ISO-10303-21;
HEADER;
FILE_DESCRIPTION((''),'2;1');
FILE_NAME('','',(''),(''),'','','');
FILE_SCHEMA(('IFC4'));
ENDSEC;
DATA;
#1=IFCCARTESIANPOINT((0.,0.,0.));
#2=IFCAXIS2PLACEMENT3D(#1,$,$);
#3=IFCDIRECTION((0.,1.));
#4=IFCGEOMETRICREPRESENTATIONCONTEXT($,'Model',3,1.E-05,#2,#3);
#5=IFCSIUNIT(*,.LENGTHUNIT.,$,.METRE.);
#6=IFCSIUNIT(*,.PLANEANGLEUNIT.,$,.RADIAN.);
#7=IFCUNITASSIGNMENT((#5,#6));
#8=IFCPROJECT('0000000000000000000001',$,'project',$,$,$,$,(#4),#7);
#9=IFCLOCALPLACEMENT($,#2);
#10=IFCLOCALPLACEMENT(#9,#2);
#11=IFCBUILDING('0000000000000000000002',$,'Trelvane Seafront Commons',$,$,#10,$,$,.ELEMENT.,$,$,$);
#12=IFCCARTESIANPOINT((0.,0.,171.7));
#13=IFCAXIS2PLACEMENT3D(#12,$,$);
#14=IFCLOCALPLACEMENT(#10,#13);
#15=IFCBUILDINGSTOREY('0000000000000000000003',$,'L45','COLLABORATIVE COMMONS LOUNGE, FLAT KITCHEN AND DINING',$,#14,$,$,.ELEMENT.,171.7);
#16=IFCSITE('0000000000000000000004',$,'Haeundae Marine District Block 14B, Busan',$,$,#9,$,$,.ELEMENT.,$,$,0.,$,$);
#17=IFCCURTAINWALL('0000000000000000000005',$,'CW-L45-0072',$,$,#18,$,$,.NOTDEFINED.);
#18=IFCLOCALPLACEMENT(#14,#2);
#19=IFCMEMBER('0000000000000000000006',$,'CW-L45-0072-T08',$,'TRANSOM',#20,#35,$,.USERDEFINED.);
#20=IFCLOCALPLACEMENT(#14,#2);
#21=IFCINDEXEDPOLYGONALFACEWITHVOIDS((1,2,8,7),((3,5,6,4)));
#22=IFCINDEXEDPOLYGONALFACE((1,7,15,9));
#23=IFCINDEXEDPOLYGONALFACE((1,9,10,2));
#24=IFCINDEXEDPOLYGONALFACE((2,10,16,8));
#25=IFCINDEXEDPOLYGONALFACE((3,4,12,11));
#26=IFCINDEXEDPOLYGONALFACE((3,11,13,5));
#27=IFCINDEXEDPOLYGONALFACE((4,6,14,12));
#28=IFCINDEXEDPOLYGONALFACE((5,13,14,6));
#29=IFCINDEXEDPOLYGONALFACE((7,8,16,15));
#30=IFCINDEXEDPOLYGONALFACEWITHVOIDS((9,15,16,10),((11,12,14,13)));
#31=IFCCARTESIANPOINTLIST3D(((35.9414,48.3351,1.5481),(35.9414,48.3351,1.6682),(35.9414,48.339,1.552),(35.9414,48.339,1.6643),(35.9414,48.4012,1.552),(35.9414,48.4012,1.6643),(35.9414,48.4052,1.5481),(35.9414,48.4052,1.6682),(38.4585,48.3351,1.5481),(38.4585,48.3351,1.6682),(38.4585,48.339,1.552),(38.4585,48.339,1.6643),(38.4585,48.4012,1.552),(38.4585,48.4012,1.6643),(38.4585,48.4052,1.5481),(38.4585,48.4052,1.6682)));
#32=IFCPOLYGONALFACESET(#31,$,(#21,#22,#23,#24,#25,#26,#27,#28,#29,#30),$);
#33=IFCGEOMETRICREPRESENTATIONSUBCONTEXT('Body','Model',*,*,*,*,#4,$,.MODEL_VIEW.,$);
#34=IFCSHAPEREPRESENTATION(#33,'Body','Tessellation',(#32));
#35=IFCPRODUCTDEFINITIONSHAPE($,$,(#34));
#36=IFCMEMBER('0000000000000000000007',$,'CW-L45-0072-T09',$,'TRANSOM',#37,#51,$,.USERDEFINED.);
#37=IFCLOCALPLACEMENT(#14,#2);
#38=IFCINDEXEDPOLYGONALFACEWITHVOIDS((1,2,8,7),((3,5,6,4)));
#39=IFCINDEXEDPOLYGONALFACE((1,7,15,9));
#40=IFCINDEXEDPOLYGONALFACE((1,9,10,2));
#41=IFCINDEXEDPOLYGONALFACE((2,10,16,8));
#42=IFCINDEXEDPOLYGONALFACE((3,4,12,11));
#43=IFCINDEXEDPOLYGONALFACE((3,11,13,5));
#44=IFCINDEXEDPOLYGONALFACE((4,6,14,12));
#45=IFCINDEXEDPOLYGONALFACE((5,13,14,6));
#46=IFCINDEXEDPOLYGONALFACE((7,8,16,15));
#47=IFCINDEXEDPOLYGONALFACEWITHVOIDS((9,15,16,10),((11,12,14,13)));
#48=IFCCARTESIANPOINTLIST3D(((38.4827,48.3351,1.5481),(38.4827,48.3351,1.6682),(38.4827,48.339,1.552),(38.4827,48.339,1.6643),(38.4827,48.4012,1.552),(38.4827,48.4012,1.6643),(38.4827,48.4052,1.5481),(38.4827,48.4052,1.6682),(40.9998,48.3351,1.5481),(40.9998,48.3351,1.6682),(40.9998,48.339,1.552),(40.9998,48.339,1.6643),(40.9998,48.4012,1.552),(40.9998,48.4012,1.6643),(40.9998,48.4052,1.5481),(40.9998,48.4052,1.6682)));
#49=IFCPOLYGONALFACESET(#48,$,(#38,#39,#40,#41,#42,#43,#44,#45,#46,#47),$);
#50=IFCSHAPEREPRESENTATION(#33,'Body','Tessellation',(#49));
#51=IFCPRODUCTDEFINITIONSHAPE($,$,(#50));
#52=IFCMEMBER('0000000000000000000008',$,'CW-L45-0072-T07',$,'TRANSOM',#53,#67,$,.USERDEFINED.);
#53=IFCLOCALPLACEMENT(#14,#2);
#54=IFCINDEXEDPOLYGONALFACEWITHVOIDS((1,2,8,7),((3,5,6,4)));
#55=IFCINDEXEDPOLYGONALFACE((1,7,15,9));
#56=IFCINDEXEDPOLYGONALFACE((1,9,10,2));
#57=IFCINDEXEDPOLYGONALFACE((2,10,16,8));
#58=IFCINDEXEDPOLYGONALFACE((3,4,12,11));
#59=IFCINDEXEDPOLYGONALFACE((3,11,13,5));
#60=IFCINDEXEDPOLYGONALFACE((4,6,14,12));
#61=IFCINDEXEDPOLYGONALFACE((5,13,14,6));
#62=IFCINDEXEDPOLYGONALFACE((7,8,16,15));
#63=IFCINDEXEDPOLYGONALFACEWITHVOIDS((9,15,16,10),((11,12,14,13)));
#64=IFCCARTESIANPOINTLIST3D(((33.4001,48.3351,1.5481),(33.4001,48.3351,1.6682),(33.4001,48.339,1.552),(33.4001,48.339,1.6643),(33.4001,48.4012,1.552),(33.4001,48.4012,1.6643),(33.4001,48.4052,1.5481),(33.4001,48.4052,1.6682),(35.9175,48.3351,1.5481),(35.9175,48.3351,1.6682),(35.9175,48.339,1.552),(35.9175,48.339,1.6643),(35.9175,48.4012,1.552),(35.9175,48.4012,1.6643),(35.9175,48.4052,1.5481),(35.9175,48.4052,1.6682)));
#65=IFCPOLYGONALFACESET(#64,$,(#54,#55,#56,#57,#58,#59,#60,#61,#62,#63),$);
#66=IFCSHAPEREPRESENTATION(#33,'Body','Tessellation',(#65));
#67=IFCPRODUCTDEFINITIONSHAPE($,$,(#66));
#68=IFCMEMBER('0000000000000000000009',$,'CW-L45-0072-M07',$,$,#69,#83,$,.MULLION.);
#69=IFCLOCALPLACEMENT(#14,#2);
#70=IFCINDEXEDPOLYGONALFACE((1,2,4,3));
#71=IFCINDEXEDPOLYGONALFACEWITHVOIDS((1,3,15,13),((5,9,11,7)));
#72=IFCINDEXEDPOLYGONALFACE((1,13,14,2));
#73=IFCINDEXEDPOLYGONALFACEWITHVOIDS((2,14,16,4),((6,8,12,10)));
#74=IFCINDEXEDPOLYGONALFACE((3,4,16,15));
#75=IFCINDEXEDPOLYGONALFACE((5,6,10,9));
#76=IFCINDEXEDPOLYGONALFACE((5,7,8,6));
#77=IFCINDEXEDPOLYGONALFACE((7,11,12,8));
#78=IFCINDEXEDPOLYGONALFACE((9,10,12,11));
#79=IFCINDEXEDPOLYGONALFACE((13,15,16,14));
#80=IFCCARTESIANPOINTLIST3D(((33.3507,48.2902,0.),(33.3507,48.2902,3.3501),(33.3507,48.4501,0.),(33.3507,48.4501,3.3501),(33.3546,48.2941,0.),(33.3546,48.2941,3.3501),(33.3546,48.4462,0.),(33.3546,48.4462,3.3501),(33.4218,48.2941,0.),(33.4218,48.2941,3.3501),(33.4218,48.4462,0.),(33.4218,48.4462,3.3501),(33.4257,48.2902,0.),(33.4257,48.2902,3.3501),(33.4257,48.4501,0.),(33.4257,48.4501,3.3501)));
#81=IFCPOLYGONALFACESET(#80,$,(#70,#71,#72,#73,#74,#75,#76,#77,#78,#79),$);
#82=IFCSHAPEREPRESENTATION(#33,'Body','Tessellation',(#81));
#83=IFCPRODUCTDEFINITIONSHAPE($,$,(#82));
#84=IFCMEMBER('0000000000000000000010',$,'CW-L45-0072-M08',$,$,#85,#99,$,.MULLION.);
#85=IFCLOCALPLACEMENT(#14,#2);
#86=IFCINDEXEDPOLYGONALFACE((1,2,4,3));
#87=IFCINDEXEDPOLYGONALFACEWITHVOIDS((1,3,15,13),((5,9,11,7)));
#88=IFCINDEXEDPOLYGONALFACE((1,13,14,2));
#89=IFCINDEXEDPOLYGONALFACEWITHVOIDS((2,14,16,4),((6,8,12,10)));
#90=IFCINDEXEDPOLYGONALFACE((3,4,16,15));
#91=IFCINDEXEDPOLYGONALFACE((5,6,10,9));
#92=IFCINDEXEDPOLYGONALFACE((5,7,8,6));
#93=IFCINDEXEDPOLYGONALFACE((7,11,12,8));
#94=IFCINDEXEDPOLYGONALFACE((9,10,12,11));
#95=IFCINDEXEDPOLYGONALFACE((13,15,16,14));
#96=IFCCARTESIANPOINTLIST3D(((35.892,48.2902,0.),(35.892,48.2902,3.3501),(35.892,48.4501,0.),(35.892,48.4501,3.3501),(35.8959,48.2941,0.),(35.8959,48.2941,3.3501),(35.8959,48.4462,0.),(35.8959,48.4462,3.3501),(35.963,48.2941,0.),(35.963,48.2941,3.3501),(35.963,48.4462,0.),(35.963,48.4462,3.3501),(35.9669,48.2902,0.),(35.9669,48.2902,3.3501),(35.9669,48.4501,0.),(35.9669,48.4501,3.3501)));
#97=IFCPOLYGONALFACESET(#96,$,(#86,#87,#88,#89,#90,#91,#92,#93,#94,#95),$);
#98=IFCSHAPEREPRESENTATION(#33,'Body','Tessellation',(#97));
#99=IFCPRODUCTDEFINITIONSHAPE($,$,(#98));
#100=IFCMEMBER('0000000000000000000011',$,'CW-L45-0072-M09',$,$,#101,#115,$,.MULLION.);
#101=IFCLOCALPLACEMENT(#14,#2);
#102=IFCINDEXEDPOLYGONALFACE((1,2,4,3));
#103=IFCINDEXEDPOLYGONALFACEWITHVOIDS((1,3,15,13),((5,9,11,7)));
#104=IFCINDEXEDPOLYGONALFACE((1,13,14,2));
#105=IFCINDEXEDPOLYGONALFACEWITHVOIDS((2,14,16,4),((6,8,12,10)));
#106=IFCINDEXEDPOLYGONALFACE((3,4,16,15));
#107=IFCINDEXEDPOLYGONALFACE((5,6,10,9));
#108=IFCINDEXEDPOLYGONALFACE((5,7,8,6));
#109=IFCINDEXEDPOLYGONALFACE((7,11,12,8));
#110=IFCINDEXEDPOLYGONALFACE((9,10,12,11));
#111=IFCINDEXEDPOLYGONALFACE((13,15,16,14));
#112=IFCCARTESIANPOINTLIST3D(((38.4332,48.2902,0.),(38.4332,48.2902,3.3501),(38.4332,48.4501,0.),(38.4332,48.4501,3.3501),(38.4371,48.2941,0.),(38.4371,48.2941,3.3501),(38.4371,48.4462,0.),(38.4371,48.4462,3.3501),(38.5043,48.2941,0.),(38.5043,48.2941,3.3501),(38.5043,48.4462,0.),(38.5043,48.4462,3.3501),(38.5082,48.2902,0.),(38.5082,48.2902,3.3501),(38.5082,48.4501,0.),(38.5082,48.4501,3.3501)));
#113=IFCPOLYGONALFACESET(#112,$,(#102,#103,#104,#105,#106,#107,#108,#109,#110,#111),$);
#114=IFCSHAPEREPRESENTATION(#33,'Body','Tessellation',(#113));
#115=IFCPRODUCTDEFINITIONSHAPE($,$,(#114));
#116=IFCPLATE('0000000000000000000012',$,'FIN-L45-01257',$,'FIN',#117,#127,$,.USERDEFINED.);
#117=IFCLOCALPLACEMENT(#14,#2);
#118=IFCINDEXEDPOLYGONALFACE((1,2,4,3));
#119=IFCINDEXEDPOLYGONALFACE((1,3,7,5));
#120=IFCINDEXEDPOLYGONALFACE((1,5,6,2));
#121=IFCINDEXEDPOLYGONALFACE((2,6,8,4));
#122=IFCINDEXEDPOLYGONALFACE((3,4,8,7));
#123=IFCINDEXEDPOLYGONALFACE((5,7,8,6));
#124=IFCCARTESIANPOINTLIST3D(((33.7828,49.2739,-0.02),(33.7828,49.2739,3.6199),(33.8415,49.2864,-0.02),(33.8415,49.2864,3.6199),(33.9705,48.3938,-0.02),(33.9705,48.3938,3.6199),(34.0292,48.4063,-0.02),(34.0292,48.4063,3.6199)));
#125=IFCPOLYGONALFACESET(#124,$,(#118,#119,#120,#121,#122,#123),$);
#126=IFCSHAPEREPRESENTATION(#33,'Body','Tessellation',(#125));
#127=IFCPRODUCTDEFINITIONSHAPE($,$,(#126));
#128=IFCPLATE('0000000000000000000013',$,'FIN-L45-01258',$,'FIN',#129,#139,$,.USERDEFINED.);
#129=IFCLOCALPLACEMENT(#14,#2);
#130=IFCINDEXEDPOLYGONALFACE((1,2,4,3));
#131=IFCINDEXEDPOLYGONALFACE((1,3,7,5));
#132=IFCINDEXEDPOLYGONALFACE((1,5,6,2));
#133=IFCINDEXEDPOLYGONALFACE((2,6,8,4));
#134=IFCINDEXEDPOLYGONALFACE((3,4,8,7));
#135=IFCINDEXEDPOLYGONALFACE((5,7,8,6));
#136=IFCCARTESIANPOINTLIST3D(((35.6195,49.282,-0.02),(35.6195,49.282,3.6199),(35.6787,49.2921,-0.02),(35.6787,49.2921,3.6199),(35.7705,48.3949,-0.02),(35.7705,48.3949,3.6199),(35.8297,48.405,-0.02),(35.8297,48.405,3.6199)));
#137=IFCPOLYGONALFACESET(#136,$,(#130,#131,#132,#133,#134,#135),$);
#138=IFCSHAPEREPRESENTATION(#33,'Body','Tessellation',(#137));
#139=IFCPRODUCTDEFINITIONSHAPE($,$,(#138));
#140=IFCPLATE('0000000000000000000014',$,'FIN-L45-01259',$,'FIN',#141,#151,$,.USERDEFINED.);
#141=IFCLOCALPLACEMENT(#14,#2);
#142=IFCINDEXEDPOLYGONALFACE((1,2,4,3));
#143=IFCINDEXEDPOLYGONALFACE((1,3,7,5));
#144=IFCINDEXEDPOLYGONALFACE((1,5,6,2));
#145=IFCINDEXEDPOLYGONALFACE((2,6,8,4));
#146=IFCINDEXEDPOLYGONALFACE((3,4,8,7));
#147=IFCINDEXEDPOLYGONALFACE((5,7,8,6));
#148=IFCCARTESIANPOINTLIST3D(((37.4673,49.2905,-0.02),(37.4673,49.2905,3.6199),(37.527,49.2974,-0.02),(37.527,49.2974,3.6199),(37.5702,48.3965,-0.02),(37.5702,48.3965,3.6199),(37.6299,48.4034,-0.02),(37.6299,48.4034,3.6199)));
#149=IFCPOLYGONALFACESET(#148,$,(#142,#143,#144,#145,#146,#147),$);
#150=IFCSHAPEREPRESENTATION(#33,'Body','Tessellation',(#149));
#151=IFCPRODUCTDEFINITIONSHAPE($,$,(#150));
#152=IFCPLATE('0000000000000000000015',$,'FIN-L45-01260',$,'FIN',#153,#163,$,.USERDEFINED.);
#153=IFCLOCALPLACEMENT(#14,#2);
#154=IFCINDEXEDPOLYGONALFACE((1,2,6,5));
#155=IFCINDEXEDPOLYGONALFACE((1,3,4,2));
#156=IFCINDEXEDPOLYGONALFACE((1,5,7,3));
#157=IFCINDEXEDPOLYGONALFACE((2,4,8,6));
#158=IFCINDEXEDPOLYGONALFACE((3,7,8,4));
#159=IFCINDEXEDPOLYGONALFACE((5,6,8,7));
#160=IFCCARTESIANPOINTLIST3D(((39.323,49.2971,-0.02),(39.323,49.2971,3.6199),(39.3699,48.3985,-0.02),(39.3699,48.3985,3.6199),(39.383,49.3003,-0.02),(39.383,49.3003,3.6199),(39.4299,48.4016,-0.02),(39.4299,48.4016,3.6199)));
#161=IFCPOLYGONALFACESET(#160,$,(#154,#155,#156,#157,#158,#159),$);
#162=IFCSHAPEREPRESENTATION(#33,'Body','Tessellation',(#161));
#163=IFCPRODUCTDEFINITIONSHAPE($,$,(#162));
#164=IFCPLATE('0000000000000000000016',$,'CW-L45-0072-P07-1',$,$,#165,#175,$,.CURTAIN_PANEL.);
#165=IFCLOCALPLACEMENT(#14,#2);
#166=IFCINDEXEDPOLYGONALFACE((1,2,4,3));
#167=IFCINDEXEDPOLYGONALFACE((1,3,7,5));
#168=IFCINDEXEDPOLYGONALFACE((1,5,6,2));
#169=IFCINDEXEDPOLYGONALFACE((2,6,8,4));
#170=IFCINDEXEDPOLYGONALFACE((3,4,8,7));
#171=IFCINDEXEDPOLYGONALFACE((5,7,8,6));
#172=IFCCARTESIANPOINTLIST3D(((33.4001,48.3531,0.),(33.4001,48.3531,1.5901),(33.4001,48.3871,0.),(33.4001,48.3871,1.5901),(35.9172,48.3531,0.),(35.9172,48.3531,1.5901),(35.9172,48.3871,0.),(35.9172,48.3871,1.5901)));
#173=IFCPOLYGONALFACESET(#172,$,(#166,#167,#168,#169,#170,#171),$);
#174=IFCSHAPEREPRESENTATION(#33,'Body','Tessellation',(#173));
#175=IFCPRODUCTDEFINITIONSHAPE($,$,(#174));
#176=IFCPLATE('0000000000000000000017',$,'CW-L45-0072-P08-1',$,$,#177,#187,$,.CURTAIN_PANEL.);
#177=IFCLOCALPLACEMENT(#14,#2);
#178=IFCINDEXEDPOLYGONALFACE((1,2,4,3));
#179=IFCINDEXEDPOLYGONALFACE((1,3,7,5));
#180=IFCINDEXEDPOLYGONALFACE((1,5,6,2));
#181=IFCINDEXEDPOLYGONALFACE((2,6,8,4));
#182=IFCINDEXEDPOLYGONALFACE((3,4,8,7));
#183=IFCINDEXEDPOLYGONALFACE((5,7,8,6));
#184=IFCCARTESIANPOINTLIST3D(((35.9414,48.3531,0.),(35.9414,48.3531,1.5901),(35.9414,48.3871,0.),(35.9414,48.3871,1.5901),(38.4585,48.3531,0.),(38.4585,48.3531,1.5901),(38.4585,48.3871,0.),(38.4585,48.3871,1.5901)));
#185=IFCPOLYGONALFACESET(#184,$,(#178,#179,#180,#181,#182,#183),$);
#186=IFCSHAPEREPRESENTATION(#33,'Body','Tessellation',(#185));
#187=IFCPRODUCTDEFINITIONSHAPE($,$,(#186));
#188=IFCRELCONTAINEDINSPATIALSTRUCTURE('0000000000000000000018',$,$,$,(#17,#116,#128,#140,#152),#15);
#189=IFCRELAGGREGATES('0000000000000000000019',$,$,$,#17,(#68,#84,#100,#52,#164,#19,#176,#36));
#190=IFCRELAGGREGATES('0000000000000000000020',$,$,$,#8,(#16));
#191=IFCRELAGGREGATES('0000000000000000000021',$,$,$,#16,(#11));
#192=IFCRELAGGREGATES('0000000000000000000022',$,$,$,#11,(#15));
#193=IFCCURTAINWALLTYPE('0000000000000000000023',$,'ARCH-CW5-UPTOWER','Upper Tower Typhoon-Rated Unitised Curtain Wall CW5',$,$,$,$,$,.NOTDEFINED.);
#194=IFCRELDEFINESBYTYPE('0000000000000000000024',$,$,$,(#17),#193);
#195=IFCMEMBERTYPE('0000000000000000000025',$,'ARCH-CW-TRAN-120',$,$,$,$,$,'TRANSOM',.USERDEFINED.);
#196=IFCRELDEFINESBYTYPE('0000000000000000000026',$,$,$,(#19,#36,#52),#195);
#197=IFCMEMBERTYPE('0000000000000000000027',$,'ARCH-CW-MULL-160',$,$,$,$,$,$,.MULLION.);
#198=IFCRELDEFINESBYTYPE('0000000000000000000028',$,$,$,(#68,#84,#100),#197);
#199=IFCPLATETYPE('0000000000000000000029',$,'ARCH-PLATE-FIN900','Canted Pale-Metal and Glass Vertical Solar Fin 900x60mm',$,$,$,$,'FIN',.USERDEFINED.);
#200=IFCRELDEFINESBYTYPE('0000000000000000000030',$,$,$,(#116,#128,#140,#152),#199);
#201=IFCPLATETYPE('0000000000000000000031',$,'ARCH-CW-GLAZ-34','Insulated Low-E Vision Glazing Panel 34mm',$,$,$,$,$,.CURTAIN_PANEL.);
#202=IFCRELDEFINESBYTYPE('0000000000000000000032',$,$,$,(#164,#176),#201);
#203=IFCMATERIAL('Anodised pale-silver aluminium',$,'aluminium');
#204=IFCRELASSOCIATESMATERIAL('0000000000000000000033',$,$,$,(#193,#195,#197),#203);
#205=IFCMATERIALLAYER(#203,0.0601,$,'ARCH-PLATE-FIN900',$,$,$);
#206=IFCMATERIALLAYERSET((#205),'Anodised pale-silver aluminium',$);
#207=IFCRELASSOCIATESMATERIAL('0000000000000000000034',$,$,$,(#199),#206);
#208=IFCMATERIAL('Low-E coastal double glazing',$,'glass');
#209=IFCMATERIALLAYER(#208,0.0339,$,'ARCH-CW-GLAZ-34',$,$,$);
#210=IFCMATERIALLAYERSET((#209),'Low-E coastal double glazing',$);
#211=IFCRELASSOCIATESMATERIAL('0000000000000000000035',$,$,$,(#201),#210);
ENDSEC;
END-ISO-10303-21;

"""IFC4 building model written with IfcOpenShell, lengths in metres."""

from ifc_helpers import new_model, si_unit, direction, frame, origin, origin_2d, place, context, subcontext, project, spatial, rectangle, hollow_rectangle, extrude, source, transform, mapped, material, layer, layer_set, material_profile, profile_set, type_object, element, aggregate, save


model = new_model("IFC4")

# Units and contexts
model_context = context("Model", 3, precision=1e-05, world=origin(), true_north=direction((0.0, 1.0)))
body_context = subcontext(model_context, "Body", "Model", "MODEL_VIEW")
ifc_project = project(units=[si_unit("LENGTHUNIT", "METRE"), si_unit("PLANEANGLEUNIT", "RADIAN")], contexts=[model_context])

# Site, building, storey
site_placement = place(None, origin())
site = spatial("IfcSite", under=ifc_project, at=site_placement, Name="Haeundae Marine District Block 14B, Busan", CompositionType="ELEMENT", RefElevation=0.0)
building_placement = place(site_placement, origin())
building = spatial("IfcBuilding", under=site, at=building_placement, Name="Trelvane Seafront Commons", CompositionType="ELEMENT")
storey_placement = place(building_placement, frame((0.0, 0.0, 171.7)))
storey = spatial("IfcBuildingStorey", under=building, at=storey_placement, Name="L45", Description="COLLABORATIVE COMMONS LOUNGE, FLAT KITCHEN AND DINING", CompositionType="ELEMENT", Elevation=171.7)

# Curtain wall, members
ifc_material_1 = material(Name="Anodised pale-silver aluminium", Category="aluminium")
curtain_wall_type = type_object("IfcCurtainWallType", Name="ARCH-CW5-UPTOWER", Description="Upper Tower Typhoon-Rated Unitised Curtain Wall CW5", PredefinedType="NOTDEFINED", material=ifc_material_1)
curtain_wall_placement = place(storey_placement, origin())
curtain_wall = element("IfcCurtainWall", 1, at=curtain_wall_placement, inside=storey, type_object=curtain_wall_type, Name="CW-L45-0072", PredefinedType="NOTDEFINED")
ifc_material_profile_1 = material_profile(ifc_material_1, hollow_rectangle(XDim=0.0701, YDim=0.1201, WallThickness=0.0039, at=origin_2d()), Name="TRAN-70x120x4")
ifc_profile_set_1 = profile_set([ifc_material_profile_1], Name="Anodised pale-silver aluminium")
member_type_1 = type_object("IfcMemberType", Name="ARCH-CW-TRAN-120", ElementType="TRANSOM", PredefinedType="USERDEFINED", material=ifc_profile_set_1)
shared_shape_1 = source(origin(), body_context, "Body", "SweptSolid", [
    extrude(hollow_rectangle(XDim=0.0701, YDim=0.1201, WallThickness=0.0039, at=origin_2d()), origin(), (0.0, 0.0, 1.0), 2.5171),
])
member_1_placement = place(storey_placement, frame((35.9414, 48.3701, 1.6082), z_axis=(1.0, 0.0, 0.0), x_axis=(0.0, 1.0, 0.0)))
member_1 = element("IfcMember", 2, at=member_1_placement, type_object=member_type_1, Name="CW-L45-0072-T08", ObjectType="TRANSOM", PredefinedType="USERDEFINED", context=body_context, shape_type="MappedRepresentation", body=[
    mapped(shared_shape_1, transform((0.0, 0.0, 0.0), x_axis=(1.0, 0.0, 0.0), y_axis=(0.0, 1.0, 0.0), z_axis=(0.0, 0.0, 1.0), scale=1.0)),
])
member_2_placement = place(storey_placement, frame((38.4827, 48.3701, 1.6082), z_axis=(1.0, 0.0, 0.0), x_axis=(0.0, 1.0, 0.0)))
member_2 = element("IfcMember", 3, at=member_2_placement, type_object=member_type_1, Name="CW-L45-0072-T09", ObjectType="TRANSOM", PredefinedType="USERDEFINED", context=body_context, shape_type="MappedRepresentation", body=[
    mapped(shared_shape_1, transform((0.0, 0.0, 0.0), x_axis=(1.0, 0.0, 0.0), y_axis=(0.0, 1.0, 0.0), z_axis=(0.0, 0.0, 1.0), scale=1.0)),
])
shared_shape_2 = source(origin(), body_context, "Body", "SweptSolid", [
    extrude(hollow_rectangle(XDim=0.0701, YDim=0.1201, WallThickness=0.0039, at=origin_2d()), origin(), (0.0, 0.0, 1.0), 2.5173),
])
member_3_placement = place(storey_placement, frame((33.4001, 48.3701, 1.6082), z_axis=(1.0, 0.0, 0.0), x_axis=(0.0, 1.0, 0.0)))
member_3 = element("IfcMember", 4, at=member_3_placement, type_object=member_type_1, Name="CW-L45-0072-T07", ObjectType="TRANSOM", PredefinedType="USERDEFINED", context=body_context, shape_type="MappedRepresentation", body=[
    mapped(shared_shape_2, transform((0.0, 0.0, 0.0), x_axis=(1.0, 0.0, 0.0), y_axis=(0.0, 1.0, 0.0), z_axis=(0.0, 0.0, 1.0), scale=1.0)),
])
ifc_material_profile_2 = material_profile(ifc_material_1, hollow_rectangle(XDim=0.075, YDim=0.1599, WallThickness=0.0039, at=origin_2d()), Name="MULL-75x160x4")
ifc_profile_set_2 = profile_set([ifc_material_profile_2], Name="Anodised pale-silver aluminium")
member_type_2 = type_object("IfcMemberType", Name="ARCH-CW-MULL-160", PredefinedType="MULLION", material=ifc_profile_set_2)
shared_shape_3 = source(origin(), body_context, "Body", "SweptSolid", [
    extrude(hollow_rectangle(XDim=0.075, YDim=0.1599, WallThickness=0.0039, at=origin_2d()), origin(), (0.0, 0.0, 1.0), 3.3501),
])
member_4_placement = place(storey_placement, frame((33.3882, 48.3701, 0.0), z_axis=(0.0, 0.0, 1.0), x_axis=(1.0, 0.0, 0.0)))
member_4 = element("IfcMember", 5, at=member_4_placement, type_object=member_type_2, Name="CW-L45-0072-M07", PredefinedType="MULLION", context=body_context, shape_type="MappedRepresentation", body=[
    mapped(shared_shape_3, transform((0.0, 0.0, 0.0), x_axis=(1.0, 0.0, 0.0), y_axis=(0.0, 1.0, 0.0), z_axis=(0.0, 0.0, 1.0), scale=1.0)),
])
member_5_placement = place(storey_placement, frame((35.9294, 48.3701, 0.0), z_axis=(0.0, 0.0, 1.0), x_axis=(1.0, 0.0, 0.0)))
member_5 = element("IfcMember", 6, at=member_5_placement, type_object=member_type_2, Name="CW-L45-0072-M08", PredefinedType="MULLION", context=body_context, shape_type="MappedRepresentation", body=[
    mapped(shared_shape_3, transform((0.0, 0.0, 0.0), x_axis=(1.0, 0.0, 0.0), y_axis=(0.0, 1.0, 0.0), z_axis=(0.0, 0.0, 1.0), scale=1.0)),
])
member_6_placement = place(storey_placement, frame((38.4707, 48.3701, 0.0), z_axis=(0.0, 0.0, 1.0), x_axis=(1.0, 0.0, 0.0)))
member_6 = element("IfcMember", 7, at=member_6_placement, type_object=member_type_2, Name="CW-L45-0072-M09", PredefinedType="MULLION", context=body_context, shape_type="MappedRepresentation", body=[
    mapped(shared_shape_3, transform((0.0, 0.0, 0.0), x_axis=(1.0, 0.0, 0.0), y_axis=(0.0, 1.0, 0.0), z_axis=(0.0, 0.0, 1.0), scale=1.0)),
])

# Plates
ifc_layer_1 = layer(ifc_material_1, 0.0601, Name="ARCH-PLATE-FIN900")
ifc_layer_set_1 = layer_set([ifc_layer_1], Name="Anodised pale-silver aluminium")
plate_type_1 = type_object("IfcPlateType", Name="ARCH-PLATE-FIN900", Description="Canted Pale-Metal and Glass Vertical Solar Fin 900x60mm", ElementType="FIN", PredefinedType="USERDEFINED", material=ifc_layer_set_1)
shared_shape_4 = source(origin(), body_context, "Body", "SweptSolid", [
    extrude(rectangle(XDim=0.8999, YDim=0.0601, at=origin_2d()), origin(), (0.0, 0.0, 1.0), 3.6399),
])
for number, where, z_axis, x_axis, name in (
    (8, (33.906, 48.8401, -0.02), (0.0, 0.0, 1.0), (-0.208557, 0.97801, 0.0), "FIN-L45-01257"),
    (9, (35.7246, 48.8435, -0.02), (0.0, 0.0, 1.0), (-0.167786, 0.985823, 0.0), "FIN-L45-01258"),
    (10, (37.5486, 48.8469, -0.02), (0.0, 0.0, 1.0), (-0.114334, 0.993442, 0.0), "FIN-L45-01259"),
    (11, (39.3765, 48.8494, -0.02), (0.0, 0.0, 1.0), (-0.052109, 0.998641, 0.0), "FIN-L45-01260"),
):
    element("IfcPlate", number, at=place(storey_placement, frame(where, z_axis=z_axis, x_axis=x_axis)), inside=storey, type_object=plate_type_1, Name=name, ObjectType="FIN", PredefinedType="USERDEFINED", context=body_context, shape_type="MappedRepresentation", body=[
        mapped(shared_shape_4, transform((0.0, 0.0, 0.0), x_axis=(1.0, 0.0, 0.0), y_axis=(0.0, 1.0, 0.0), z_axis=(0.0, 0.0, 1.0), scale=1.0)),
    ])

# Plates
ifc_material_2 = material(Name="Low-E coastal double glazing", Category="glass")
ifc_layer_2 = layer(ifc_material_2, 0.0339, Name="ARCH-CW-GLAZ-34")
ifc_layer_set_2 = layer_set([ifc_layer_2], Name="Low-E coastal double glazing")
plate_type_2 = type_object("IfcPlateType", Name="ARCH-CW-GLAZ-34", Description="Insulated Low-E Vision Glazing Panel 34mm", PredefinedType="CURTAIN_PANEL", material=ifc_layer_set_2)
shared_shape_5 = source(origin(), body_context, "Body", "SweptSolid", [
    extrude(rectangle(XDim=2.5171, YDim=0.0339, at=origin_2d()), origin(), (0.0, 0.0, 1.0), 1.5901),
])
plate_1_placement = place(storey_placement, frame((34.6587, 48.3701, 0.0), z_axis=(0.0, 0.0, 1.0), x_axis=(1.0, 0.0, 0.0)))
plate_1 = element("IfcPlate", 12, at=plate_1_placement, type_object=plate_type_2, Name="CW-L45-0072-P07-1", PredefinedType="CURTAIN_PANEL", context=body_context, shape_type="MappedRepresentation", body=[
    mapped(shared_shape_5, transform((0.0, 0.0, 0.0), x_axis=(1.0, 0.0, 0.0), y_axis=(0.0, 1.0, 0.0), z_axis=(0.0, 0.0, 1.0), scale=1.0)),
])
plate_2_placement = place(storey_placement, frame((37.2, 48.3701, 0.0), z_axis=(0.0, 0.0, 1.0), x_axis=(1.0, 0.0, 0.0)))
plate_2 = element("IfcPlate", 13, at=plate_2_placement, type_object=plate_type_2, Name="CW-L45-0072-P08-1", PredefinedType="CURTAIN_PANEL", context=body_context, shape_type="MappedRepresentation", body=[
    mapped(shared_shape_5, transform((0.0, 0.0, 0.0), x_axis=(1.0, 0.0, 0.0), y_axis=(0.0, 1.0, 0.0), z_axis=(0.0, 0.0, 1.0), scale=1.0)),
])
aggregate(curtain_wall, [member_4, member_5, member_6, member_3, plate_1, member_1, plate_2, member_2])

save(model, "model.ifc")
